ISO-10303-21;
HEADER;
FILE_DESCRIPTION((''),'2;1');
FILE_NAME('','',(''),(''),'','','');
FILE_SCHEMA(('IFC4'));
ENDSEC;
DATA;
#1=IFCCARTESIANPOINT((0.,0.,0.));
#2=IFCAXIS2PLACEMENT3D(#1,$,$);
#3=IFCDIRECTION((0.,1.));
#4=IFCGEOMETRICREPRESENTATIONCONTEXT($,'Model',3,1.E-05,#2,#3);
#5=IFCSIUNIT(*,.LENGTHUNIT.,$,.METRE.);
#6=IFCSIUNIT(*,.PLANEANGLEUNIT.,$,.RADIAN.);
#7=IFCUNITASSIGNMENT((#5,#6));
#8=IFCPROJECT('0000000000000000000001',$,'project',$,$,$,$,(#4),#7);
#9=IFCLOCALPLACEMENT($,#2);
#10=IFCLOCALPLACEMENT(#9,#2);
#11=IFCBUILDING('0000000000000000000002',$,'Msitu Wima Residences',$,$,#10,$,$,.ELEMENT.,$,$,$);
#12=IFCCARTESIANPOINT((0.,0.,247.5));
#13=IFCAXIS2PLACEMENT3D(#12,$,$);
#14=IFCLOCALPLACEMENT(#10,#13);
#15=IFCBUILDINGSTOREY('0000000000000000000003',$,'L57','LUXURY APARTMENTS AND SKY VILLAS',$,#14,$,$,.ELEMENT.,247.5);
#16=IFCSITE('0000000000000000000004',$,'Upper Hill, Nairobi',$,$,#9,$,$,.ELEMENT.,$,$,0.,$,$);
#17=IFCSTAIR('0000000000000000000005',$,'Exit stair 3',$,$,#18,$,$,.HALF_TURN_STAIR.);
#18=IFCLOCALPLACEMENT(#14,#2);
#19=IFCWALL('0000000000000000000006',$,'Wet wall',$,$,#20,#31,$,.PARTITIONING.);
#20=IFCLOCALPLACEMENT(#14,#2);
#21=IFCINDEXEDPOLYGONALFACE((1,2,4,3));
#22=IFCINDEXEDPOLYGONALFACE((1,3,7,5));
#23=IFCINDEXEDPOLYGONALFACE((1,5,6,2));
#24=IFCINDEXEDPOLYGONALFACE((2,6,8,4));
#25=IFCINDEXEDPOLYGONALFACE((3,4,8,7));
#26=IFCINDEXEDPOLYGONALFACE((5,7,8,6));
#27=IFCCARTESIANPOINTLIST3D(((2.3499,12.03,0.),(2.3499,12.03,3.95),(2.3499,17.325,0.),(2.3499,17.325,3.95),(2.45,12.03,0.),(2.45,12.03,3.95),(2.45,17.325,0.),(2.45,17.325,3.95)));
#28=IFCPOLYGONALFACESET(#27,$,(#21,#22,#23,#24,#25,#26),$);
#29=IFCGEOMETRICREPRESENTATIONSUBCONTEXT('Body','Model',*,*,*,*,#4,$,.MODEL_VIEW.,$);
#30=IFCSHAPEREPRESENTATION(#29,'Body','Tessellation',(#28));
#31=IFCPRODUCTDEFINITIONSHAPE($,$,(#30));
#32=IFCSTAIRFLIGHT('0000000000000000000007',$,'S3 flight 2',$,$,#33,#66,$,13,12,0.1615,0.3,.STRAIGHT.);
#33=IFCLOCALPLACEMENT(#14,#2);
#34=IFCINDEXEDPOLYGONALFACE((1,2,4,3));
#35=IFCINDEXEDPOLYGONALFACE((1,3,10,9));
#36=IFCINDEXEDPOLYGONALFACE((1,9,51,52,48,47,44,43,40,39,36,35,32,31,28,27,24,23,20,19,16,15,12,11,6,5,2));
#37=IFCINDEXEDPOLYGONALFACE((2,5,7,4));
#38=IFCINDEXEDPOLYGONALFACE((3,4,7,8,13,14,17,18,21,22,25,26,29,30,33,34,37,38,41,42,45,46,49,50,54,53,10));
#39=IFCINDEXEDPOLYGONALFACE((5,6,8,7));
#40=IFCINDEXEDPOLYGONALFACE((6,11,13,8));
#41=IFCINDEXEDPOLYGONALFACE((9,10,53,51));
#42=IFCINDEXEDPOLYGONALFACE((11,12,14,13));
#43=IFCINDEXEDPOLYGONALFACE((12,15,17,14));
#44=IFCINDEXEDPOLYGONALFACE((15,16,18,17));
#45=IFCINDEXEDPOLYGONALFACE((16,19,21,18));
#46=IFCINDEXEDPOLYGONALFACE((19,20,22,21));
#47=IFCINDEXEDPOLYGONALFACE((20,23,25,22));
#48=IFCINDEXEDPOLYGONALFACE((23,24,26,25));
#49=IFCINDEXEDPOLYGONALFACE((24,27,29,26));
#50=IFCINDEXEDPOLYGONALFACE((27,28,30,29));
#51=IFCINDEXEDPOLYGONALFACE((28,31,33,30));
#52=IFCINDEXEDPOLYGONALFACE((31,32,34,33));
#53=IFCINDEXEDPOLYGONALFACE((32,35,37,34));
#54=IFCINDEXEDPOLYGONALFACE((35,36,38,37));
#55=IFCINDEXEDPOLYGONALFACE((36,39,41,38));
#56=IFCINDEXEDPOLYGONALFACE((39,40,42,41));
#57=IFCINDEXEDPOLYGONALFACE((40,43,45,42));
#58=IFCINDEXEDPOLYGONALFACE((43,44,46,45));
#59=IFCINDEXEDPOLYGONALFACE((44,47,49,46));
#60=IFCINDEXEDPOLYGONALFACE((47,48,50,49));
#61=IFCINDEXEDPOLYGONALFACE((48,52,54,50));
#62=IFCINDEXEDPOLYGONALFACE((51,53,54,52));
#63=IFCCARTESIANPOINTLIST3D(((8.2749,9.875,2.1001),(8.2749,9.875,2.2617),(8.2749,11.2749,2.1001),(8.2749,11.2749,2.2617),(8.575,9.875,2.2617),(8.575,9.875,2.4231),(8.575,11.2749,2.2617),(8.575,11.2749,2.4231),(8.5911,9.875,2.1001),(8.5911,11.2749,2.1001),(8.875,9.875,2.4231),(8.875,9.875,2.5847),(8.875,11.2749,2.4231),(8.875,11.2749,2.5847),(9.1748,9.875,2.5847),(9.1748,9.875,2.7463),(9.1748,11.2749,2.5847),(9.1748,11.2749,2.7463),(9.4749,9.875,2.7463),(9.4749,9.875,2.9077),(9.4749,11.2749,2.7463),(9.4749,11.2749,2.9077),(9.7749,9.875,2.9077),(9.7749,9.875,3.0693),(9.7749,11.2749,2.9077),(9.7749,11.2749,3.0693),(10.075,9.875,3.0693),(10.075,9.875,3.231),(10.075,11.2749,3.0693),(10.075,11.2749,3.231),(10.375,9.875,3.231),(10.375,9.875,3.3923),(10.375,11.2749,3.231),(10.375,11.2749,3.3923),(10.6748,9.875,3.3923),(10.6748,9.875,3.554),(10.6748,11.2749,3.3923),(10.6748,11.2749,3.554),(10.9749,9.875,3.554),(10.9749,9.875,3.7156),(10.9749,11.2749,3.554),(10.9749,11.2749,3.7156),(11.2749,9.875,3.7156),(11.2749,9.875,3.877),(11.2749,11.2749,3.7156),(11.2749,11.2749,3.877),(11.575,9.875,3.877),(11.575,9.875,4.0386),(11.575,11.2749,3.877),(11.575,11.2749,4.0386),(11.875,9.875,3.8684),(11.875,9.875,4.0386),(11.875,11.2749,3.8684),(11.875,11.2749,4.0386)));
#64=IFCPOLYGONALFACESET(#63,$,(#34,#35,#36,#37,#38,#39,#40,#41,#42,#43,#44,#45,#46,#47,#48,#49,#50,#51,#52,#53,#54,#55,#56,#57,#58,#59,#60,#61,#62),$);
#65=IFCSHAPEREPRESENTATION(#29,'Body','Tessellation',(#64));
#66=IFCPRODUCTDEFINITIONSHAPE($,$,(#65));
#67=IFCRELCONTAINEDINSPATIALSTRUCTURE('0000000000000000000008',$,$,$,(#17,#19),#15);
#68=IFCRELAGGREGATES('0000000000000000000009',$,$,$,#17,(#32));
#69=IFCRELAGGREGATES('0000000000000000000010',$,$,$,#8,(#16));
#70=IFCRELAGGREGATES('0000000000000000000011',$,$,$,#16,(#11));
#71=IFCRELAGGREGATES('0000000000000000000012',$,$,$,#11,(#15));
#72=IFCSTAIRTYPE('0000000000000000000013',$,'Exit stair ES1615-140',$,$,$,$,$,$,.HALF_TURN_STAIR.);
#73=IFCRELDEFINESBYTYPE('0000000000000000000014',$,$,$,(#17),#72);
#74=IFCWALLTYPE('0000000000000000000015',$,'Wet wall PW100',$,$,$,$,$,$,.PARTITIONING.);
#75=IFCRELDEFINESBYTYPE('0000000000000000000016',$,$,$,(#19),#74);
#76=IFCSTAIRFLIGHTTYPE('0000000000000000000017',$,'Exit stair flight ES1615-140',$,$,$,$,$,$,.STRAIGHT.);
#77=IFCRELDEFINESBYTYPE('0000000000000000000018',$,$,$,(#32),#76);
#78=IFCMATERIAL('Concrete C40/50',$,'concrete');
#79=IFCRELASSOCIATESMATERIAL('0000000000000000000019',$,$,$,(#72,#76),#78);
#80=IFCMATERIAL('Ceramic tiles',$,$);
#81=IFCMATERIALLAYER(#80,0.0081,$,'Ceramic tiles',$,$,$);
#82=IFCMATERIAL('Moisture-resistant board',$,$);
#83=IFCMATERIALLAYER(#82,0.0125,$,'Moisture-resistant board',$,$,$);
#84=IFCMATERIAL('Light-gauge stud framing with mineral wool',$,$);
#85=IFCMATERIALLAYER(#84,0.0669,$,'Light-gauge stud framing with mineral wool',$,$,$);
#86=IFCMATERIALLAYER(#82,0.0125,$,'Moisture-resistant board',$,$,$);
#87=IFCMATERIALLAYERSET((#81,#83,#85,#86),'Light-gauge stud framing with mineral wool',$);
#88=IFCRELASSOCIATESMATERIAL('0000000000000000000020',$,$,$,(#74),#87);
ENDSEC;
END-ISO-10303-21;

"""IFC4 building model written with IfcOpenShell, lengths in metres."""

from ifc_helpers import new_model, si_unit, direction, frame, frame_2d, origin, place, context, subcontext, project, spatial, polyline, rectangle, outline, extrude, material, layer, layer_set, type_object, element, aggregate, save


model = new_model("IFC4")

# Units and contexts
model_context = context("Model", 3, precision=1e-05, world=origin(), true_north=direction((0.0, 1.0)))
body_context = subcontext(model_context, "Body", "Model", "MODEL_VIEW")
ifc_project = project(units=[si_unit("LENGTHUNIT", "METRE"), si_unit("PLANEANGLEUNIT", "RADIAN")], contexts=[model_context])

# Site, building, storey
site_placement = place(None, origin())
site = spatial("IfcSite", under=ifc_project, at=site_placement, Name="Upper Hill, Nairobi", CompositionType="ELEMENT", RefElevation=0.0)
building_placement = place(site_placement, origin())
building = spatial("IfcBuilding", under=site, at=building_placement, Name="Msitu Wima Residences", CompositionType="ELEMENT")
storey_placement = place(building_placement, frame((0.0, 0.0, 247.5)))
storey = spatial("IfcBuildingStorey", under=building, at=storey_placement, Name="L57", Description="LUXURY APARTMENTS AND SKY VILLAS", CompositionType="ELEMENT", Elevation=247.5)

# Shared definitions
ifc_material_1 = material(Name="Concrete C40/50", Category="concrete")

# Stair
stair_type = type_object("IfcStairType", Name="Exit stair ES1615-140", PredefinedType="HALF_TURN_STAIR", material=ifc_material_1)
stair_1_placement = place(storey_placement, origin())
stair_1 = element("IfcStair", 1, at=stair_1_placement, inside=storey, type_object=stair_type, Name="Exit stair 3", PredefinedType="HALF_TURN_STAIR")

# Wall
ifc_material_2 = material(Name="Ceramic tiles")
ifc_layer_1 = layer(ifc_material_2, 0.0081, Name="Ceramic tiles")
ifc_material_3 = material(Name="Moisture-resistant board")
ifc_layer_2 = layer(ifc_material_3, 0.0125, Name="Moisture-resistant board")
ifc_material_4 = material(Name="Light-gauge stud framing with mineral wool")
ifc_layer_3 = layer(ifc_material_4, 0.0669, Name="Light-gauge stud framing with mineral wool")
ifc_layer_4 = layer(ifc_material_3, 0.0125, Name="Moisture-resistant board")
ifc_layer_set_1 = layer_set([ifc_layer_1, ifc_layer_2, ifc_layer_3, ifc_layer_4], Name="Light-gauge stud framing with mineral wool")
wall_type_1 = type_object("IfcWallType", Name="Wet wall PW100", PredefinedType="PARTITIONING", material=ifc_layer_set_1)
wall_1_placement = place(storey_placement, frame((2.3999, 12.03, 0.0), z_axis=(0.0, 0.0, 1.0), x_axis=(0.0, 1.0, 0.0)))
element("IfcWall", 2, at=wall_1_placement, inside=storey, type_object=wall_type_1, Name="Wet wall", PredefinedType="PARTITIONING", context=body_context, shape_type="SweptSolid", body=[
    extrude(rectangle(XDim=5.2949, YDim=0.1001, at=frame_2d((2.6475, 0.0))), origin(), (0.0, 0.0, 1.0), 3.95),
])

# Stair flight
stair_flight_type = type_object("IfcStairFlightType", Name="Exit stair flight ES1615-140", PredefinedType="STRAIGHT", material=ifc_material_1)
stair_flight_placement = place(storey_placement, frame((8.2749, 10.575, 2.1001), z_axis=(0.0, 0.0, 1.0), x_axis=(1.0, 0.0, 0.0)))
stair_flight = element("IfcStairFlight", 3, at=stair_flight_placement, type_object=stair_flight_type, Name="S3 flight 2", NumberOfRisers=13, NumberOfTreads=12, PredefinedType="STRAIGHT", RiserHeight=0.1615, TreadLength=0.3, context=body_context, shape_type="SweptSolid", body=[
    extrude(outline(polyline([(0.0, 0.0), (0.0, 0.1616), (0.3, 0.1616), (0.3, 0.323), (0.6001, 0.323), (0.6001, 0.4846), (0.8999, 0.4846), (0.8999, 0.6462), (1.2, 0.6462), (1.2, 0.8076), (1.5, 0.8076), (1.5, 0.9692), (1.8, 0.9692), (1.8, 1.1309), (2.1001, 1.1309), (2.1001, 1.2922), (2.3999, 1.2922), (2.3999, 1.4539), (2.7, 1.4539), (2.7, 1.6155), (3.0, 1.6155), (3.0, 1.7769), (3.3, 1.7769), (3.3, 1.9385), (3.6001, 1.9385), (3.6001, 2.1001), (3.6001, 1.7683), (0.3162, 0.0), (0.0, 0.0)])), frame((0.0, 0.7, 0.0), z_axis=(0.0, -1.0, 0.0), x_axis=(1.0, 0.0, 0.0)), (0.0, 0.0, 1.0), 1.3999),
])
aggregate(stair_1, [stair_flight])

save(model, "model.ifc")
